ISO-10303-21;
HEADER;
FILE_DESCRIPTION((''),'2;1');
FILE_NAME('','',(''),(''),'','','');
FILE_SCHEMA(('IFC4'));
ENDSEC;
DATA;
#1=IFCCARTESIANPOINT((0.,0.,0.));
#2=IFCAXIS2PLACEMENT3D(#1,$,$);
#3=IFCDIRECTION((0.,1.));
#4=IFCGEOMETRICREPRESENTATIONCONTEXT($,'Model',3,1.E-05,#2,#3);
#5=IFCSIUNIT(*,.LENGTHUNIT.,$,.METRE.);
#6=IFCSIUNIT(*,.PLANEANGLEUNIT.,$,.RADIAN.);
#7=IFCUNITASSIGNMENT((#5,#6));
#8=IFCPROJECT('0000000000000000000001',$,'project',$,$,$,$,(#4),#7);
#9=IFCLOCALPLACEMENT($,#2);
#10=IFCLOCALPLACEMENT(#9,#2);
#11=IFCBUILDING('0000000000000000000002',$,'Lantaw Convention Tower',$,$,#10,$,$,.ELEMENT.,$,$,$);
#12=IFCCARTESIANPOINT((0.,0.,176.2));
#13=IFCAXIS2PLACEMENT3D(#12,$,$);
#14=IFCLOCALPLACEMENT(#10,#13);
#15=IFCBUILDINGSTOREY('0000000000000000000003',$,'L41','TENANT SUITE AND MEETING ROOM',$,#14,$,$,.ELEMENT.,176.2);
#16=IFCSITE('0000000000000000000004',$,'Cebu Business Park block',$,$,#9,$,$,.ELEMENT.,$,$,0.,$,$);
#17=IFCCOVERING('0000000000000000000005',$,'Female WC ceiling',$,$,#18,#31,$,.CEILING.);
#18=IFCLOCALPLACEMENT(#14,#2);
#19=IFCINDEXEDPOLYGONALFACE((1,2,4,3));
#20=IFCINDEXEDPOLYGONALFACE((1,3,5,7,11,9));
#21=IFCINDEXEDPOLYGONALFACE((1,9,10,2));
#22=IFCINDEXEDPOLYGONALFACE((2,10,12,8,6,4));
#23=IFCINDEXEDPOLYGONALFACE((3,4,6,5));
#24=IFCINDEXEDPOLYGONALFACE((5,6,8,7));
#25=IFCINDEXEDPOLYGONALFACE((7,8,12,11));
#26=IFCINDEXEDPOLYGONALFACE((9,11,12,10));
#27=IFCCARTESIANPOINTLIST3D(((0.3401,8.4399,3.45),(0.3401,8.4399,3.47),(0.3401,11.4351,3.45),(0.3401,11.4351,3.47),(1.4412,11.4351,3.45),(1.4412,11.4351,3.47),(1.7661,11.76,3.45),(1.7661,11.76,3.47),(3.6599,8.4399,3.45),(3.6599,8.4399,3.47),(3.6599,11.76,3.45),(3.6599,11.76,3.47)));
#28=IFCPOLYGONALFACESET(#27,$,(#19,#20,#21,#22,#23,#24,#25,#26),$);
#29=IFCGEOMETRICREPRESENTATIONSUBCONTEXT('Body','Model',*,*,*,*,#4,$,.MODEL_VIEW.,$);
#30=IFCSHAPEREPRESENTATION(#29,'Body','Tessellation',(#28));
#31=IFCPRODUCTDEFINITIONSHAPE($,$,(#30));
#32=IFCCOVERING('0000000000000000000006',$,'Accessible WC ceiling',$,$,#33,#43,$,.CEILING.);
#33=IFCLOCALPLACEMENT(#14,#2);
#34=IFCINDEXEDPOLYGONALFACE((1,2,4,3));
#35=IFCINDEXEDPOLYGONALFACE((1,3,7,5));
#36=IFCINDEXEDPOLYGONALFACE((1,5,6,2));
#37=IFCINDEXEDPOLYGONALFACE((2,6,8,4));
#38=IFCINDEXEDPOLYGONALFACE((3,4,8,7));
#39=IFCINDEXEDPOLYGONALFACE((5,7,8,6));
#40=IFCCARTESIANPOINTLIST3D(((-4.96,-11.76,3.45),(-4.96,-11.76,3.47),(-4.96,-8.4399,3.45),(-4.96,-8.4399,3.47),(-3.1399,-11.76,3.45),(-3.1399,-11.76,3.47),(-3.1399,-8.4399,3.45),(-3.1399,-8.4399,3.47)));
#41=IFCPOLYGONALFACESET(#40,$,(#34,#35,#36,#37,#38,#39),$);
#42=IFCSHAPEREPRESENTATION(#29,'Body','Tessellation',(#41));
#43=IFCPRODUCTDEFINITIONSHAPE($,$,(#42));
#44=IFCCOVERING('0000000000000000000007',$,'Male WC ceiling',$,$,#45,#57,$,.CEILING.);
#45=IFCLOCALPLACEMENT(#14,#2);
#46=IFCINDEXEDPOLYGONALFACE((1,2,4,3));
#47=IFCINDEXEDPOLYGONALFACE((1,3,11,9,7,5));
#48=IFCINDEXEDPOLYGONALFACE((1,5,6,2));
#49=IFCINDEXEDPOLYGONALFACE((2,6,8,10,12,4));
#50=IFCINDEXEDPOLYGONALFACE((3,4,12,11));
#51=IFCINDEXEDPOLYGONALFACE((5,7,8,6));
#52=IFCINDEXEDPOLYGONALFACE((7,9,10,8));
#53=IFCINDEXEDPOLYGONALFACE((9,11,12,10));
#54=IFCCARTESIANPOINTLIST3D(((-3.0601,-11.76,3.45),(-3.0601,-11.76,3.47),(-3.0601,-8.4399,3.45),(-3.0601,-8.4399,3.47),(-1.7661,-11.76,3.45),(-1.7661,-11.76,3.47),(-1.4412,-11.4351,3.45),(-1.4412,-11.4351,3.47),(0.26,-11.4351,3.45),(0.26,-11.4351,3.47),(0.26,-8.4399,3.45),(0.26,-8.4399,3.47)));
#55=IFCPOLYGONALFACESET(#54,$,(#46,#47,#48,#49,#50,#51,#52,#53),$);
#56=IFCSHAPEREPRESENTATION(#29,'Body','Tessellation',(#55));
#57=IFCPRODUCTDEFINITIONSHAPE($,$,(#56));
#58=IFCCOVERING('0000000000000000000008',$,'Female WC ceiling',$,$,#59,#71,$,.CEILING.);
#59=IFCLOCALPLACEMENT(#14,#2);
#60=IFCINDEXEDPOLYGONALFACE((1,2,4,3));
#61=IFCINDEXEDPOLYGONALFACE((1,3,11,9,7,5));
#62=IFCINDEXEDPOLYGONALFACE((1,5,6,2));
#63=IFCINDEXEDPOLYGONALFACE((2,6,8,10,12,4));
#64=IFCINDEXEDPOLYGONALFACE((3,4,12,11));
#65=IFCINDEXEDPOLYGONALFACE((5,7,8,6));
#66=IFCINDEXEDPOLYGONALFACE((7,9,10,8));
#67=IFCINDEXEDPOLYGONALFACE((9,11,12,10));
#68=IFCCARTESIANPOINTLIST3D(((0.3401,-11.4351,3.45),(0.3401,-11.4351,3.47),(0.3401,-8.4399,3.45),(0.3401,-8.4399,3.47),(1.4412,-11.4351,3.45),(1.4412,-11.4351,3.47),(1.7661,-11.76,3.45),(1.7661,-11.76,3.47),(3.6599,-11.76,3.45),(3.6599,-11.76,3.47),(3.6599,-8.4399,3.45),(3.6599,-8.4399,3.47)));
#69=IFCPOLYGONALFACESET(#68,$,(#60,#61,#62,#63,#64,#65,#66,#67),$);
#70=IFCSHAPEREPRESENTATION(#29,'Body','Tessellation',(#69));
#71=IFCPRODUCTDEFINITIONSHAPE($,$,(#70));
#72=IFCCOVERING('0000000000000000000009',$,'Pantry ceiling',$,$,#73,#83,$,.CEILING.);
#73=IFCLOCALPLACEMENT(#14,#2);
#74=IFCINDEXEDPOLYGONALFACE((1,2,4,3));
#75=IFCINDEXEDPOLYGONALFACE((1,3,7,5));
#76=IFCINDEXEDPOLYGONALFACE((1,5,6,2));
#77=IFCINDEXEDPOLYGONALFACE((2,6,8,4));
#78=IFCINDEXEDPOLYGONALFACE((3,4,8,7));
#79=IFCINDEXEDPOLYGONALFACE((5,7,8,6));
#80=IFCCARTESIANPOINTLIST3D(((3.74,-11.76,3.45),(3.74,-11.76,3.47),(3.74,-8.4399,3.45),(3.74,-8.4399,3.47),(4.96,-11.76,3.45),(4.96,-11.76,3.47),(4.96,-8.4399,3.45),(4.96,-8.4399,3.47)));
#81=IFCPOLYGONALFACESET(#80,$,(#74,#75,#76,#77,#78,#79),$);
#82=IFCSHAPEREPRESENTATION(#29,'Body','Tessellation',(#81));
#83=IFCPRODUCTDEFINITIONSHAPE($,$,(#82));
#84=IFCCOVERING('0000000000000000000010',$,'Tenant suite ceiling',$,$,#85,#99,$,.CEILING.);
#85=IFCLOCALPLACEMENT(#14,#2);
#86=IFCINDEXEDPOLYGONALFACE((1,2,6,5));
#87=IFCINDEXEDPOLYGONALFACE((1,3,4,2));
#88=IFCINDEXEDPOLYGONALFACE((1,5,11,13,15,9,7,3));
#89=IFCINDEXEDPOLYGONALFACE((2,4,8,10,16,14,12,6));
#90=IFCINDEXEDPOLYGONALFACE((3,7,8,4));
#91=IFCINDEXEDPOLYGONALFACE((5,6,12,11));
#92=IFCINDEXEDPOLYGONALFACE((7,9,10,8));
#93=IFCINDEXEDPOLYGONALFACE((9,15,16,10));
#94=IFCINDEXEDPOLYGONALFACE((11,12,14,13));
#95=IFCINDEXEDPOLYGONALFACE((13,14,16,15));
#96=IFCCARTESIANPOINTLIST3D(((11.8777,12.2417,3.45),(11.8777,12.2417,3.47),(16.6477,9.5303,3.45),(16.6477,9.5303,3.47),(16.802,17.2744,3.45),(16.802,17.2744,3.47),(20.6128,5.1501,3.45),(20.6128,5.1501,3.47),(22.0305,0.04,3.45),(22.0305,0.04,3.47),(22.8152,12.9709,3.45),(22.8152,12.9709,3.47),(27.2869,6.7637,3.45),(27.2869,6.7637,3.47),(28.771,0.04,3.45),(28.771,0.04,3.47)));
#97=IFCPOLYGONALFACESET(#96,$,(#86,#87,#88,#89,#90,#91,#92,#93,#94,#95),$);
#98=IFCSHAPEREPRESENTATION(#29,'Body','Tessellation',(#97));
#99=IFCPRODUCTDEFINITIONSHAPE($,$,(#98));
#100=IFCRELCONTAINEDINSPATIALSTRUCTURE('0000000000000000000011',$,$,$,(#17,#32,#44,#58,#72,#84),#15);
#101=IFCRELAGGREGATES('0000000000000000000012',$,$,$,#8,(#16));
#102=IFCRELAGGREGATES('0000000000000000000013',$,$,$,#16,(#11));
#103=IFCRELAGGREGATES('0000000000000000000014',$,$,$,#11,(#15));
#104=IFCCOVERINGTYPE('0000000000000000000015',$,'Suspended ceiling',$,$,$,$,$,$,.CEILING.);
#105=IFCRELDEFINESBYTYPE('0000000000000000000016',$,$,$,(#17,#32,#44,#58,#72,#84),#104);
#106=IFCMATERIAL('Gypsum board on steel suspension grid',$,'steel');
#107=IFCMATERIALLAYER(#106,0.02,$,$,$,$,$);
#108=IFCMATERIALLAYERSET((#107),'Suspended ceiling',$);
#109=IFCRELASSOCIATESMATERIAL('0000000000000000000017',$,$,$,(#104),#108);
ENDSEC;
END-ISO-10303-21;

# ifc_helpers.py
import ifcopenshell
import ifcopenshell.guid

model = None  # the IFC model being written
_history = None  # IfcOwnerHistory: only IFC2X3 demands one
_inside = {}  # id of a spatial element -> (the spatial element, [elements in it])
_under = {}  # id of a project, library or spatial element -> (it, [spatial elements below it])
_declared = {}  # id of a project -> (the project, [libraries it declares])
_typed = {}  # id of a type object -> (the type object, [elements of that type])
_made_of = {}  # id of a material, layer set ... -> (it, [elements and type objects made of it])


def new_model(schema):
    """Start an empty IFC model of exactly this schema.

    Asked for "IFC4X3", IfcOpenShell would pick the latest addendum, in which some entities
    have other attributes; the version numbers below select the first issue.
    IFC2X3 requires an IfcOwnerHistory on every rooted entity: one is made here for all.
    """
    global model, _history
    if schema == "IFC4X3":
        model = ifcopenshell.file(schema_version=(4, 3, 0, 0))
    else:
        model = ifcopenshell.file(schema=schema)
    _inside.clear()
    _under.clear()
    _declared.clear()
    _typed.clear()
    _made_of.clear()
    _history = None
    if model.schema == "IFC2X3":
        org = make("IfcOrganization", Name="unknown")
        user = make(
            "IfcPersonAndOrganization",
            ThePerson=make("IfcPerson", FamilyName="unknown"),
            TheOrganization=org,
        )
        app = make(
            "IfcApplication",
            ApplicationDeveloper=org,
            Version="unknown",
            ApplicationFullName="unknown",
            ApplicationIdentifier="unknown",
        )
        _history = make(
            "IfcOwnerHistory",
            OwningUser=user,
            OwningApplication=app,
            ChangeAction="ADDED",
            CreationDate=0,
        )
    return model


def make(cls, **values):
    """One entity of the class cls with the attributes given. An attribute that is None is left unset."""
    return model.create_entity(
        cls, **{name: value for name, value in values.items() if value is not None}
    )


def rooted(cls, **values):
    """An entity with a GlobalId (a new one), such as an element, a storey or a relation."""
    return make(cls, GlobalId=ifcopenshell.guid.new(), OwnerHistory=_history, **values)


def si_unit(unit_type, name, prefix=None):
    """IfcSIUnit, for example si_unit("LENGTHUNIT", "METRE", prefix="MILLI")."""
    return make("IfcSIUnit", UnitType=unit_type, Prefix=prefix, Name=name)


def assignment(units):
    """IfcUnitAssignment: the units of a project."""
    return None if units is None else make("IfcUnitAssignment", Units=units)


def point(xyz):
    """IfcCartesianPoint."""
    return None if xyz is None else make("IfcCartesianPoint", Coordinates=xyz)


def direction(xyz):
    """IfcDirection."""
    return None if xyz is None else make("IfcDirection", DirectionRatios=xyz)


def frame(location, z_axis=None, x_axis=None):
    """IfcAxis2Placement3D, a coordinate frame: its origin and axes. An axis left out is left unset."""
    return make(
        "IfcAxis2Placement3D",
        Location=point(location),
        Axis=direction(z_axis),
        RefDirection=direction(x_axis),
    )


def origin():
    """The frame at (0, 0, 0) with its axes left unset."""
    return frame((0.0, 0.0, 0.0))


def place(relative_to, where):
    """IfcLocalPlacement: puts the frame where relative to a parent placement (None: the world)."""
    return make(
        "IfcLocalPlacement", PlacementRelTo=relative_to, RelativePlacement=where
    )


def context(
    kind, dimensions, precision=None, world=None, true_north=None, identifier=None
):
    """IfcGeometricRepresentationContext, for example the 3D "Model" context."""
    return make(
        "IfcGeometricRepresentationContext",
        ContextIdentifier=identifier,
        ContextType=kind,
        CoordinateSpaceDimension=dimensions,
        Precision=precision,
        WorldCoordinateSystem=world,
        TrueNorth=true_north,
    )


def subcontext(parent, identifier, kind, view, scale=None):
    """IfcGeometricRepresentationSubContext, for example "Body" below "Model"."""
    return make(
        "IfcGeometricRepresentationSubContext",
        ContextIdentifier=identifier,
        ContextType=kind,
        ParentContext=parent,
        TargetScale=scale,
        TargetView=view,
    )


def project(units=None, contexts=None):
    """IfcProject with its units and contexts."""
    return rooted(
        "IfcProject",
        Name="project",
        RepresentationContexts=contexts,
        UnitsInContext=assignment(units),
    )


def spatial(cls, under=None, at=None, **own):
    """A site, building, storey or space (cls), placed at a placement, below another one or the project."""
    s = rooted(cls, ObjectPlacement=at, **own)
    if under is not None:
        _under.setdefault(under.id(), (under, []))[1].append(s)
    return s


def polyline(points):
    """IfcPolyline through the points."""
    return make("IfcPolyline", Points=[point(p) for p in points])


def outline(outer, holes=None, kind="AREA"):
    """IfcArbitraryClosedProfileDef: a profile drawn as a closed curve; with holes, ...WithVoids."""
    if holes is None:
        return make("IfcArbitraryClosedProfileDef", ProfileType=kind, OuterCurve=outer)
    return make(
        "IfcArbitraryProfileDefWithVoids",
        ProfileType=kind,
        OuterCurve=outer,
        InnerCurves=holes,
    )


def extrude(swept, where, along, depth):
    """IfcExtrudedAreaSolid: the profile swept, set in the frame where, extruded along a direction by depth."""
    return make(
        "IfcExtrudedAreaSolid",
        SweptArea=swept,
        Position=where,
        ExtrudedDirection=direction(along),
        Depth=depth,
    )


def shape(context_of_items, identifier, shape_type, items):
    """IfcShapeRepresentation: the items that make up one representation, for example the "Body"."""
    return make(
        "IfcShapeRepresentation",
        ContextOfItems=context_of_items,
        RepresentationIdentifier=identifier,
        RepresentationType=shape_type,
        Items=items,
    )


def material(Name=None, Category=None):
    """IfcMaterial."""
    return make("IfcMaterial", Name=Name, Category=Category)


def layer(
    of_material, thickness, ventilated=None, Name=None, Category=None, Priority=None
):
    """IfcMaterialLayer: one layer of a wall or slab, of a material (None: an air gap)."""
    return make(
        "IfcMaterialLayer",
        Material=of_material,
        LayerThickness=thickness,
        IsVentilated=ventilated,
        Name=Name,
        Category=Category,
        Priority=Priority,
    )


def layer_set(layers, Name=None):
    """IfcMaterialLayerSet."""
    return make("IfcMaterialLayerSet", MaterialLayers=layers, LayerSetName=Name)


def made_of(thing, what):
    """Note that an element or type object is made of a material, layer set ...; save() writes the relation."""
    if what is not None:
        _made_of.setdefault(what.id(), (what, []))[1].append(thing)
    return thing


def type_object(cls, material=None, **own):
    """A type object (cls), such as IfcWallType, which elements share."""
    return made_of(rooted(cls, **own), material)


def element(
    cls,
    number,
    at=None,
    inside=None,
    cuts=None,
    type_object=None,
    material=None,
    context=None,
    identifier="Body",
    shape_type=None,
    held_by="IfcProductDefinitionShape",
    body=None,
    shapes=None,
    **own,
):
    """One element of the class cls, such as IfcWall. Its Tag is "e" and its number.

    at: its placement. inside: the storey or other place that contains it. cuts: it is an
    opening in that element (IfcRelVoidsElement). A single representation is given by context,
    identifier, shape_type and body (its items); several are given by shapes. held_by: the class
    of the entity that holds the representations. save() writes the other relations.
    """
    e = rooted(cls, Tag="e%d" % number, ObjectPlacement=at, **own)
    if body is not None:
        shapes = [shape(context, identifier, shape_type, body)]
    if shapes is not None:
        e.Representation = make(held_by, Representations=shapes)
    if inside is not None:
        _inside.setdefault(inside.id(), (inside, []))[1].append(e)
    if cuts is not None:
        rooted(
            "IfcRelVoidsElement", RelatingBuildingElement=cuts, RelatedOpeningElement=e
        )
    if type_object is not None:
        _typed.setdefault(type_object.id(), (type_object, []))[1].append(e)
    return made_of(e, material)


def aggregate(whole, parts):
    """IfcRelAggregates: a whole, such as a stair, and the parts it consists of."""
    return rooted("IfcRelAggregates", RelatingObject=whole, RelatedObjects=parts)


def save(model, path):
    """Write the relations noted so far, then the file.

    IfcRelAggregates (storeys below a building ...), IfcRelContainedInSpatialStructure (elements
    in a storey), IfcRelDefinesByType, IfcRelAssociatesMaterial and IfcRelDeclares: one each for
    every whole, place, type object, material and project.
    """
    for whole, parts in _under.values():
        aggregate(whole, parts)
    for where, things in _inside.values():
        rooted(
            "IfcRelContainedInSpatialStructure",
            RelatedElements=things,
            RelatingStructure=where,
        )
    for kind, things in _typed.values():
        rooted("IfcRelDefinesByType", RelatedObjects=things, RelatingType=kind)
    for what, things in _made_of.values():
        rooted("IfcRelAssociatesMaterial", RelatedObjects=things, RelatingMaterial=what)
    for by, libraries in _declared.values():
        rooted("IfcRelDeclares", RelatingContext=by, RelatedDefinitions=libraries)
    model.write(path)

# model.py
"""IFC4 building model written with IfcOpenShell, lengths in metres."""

from ifc_helpers import new_model, si_unit, direction, frame, origin, place, context, subcontext, project, spatial, polyline, outline, extrude, material, layer, layer_set, type_object, element, save


model = new_model("IFC4")

# Units and contexts
model_context = context("Model", 3, precision=1e-05, world=origin(), true_north=direction((0.0, 1.0)))
body_context = subcontext(model_context, "Body", "Model", "MODEL_VIEW")
ifc_project = project(units=[si_unit("LENGTHUNIT", "METRE"), si_unit("PLANEANGLEUNIT", "RADIAN")], contexts=[model_context])

# Site, building, storey
site_placement = place(None, origin())
site = spatial("IfcSite", under=ifc_project, at=site_placement, Name="Cebu Business Park block", CompositionType="ELEMENT", RefElevation=0.0)
building_placement = place(site_placement, origin())
building = spatial("IfcBuilding", under=site, at=building_placement, Name="Lantaw Convention Tower", CompositionType="ELEMENT")
storey_placement = place(building_placement, frame((0.0, 0.0, 176.2)))
storey = spatial("IfcBuildingStorey", under=building, at=storey_placement, Name="L41", Description="TENANT SUITE AND MEETING ROOM", CompositionType="ELEMENT", Elevation=176.2)

# Coverings
ifc_material_1 = material(Name="Gypsum board on steel suspension grid", Category="steel")
ifc_layer_1 = layer(ifc_material_1, 0.02)
ifc_layer_set_1 = layer_set([ifc_layer_1], Name="Suspended ceiling")
covering_type = type_object("IfcCoveringType", Name="Suspended ceiling", PredefinedType="CEILING", material=ifc_layer_set_1)
covering_1_placement = place(storey_placement, frame((0.0, 0.0, 3.45)))
element("IfcCovering", 1, at=covering_1_placement, inside=storey, type_object=covering_type, Name="Female WC ceiling", PredefinedType="CEILING", context=body_context, shape_type="SweptSolid", body=[
    extrude(outline(polyline([(0.3401, 11.4351), (0.3401, 8.4399), (3.6599, 8.4399), (3.6599, 11.76), (1.7661, 11.76), (1.4412, 11.4351), (0.3401, 11.4351)])), origin(), (0.0, 0.0, 1.0), 0.02),
])
covering_2_placement = place(storey_placement, frame((0.0, 0.0, 3.45)))
element("IfcCovering", 2, at=covering_2_placement, inside=storey, type_object=covering_type, Name="Accessible WC ceiling", PredefinedType="CEILING", context=body_context, shape_type="SweptSolid", body=[
    extrude(outline(polyline([(-4.96, -11.76), (-3.1399, -11.76), (-3.1399, -8.4399), (-4.96, -8.4399), (-4.96, -11.76)])), origin(), (0.0, 0.0, 1.0), 0.02),
])
covering_3_placement = place(storey_placement, frame((0.0, 0.0, 3.45)))
element("IfcCovering", 3, at=covering_3_placement, inside=storey, type_object=covering_type, Name="Male WC ceiling", PredefinedType="CEILING", context=body_context, shape_type="SweptSolid", body=[
    extrude(outline(polyline([(-3.0601, -8.4399), (-3.0601, -11.76), (-1.7661, -11.76), (-1.4412, -11.4351), (0.26, -11.4351), (0.26, -8.4399), (-3.0601, -8.4399)])), origin(), (0.0, 0.0, 1.0), 0.02),
])
covering_4_placement = place(storey_placement, frame((0.0, 0.0, 3.45)))
element("IfcCovering", 4, at=covering_4_placement, inside=storey, type_object=covering_type, Name="Female WC ceiling", PredefinedType="CEILING", context=body_context, shape_type="SweptSolid", body=[
    extrude(outline(polyline([(0.3401, -8.4399), (0.3401, -11.4351), (1.4412, -11.4351), (1.7661, -11.76), (3.6599, -11.76), (3.6599, -8.4399), (0.3401, -8.4399)])), origin(), (0.0, 0.0, 1.0), 0.02),
])
covering_5_placement = place(storey_placement, frame((0.0, 0.0, 3.45)))
element("IfcCovering", 5, at=covering_5_placement, inside=storey, type_object=covering_type, Name="Pantry ceiling", PredefinedType="CEILING", context=body_context, shape_type="SweptSolid", body=[
    extrude(outline(polyline([(3.74, -11.76), (4.96, -11.76), (4.96, -8.4399), (3.74, -8.4399), (3.74, -11.76)])), origin(), (0.0, 0.0, 1.0), 0.02),
])
covering_6_placement = place(storey_placement, frame((0.0, 0.0, 3.45)))
element("IfcCovering", 6, at=covering_6_placement, inside=storey, type_object=covering_type, Name="Tenant suite ceiling", PredefinedType="CEILING", context=body_context, shape_type="SweptSolid", body=[
    extrude(outline(polyline([(22.0305, 0.04), (28.771, 0.04), (27.2869, 6.7637), (22.8152, 12.9709), (16.802, 17.2744), (11.8777, 12.2417), (16.6477, 9.5303), (20.6128, 5.1501), (22.0305, 0.04)])), origin(), (0.0, 0.0, 1.0), 0.02),
])

save(model, "model.ifc")
